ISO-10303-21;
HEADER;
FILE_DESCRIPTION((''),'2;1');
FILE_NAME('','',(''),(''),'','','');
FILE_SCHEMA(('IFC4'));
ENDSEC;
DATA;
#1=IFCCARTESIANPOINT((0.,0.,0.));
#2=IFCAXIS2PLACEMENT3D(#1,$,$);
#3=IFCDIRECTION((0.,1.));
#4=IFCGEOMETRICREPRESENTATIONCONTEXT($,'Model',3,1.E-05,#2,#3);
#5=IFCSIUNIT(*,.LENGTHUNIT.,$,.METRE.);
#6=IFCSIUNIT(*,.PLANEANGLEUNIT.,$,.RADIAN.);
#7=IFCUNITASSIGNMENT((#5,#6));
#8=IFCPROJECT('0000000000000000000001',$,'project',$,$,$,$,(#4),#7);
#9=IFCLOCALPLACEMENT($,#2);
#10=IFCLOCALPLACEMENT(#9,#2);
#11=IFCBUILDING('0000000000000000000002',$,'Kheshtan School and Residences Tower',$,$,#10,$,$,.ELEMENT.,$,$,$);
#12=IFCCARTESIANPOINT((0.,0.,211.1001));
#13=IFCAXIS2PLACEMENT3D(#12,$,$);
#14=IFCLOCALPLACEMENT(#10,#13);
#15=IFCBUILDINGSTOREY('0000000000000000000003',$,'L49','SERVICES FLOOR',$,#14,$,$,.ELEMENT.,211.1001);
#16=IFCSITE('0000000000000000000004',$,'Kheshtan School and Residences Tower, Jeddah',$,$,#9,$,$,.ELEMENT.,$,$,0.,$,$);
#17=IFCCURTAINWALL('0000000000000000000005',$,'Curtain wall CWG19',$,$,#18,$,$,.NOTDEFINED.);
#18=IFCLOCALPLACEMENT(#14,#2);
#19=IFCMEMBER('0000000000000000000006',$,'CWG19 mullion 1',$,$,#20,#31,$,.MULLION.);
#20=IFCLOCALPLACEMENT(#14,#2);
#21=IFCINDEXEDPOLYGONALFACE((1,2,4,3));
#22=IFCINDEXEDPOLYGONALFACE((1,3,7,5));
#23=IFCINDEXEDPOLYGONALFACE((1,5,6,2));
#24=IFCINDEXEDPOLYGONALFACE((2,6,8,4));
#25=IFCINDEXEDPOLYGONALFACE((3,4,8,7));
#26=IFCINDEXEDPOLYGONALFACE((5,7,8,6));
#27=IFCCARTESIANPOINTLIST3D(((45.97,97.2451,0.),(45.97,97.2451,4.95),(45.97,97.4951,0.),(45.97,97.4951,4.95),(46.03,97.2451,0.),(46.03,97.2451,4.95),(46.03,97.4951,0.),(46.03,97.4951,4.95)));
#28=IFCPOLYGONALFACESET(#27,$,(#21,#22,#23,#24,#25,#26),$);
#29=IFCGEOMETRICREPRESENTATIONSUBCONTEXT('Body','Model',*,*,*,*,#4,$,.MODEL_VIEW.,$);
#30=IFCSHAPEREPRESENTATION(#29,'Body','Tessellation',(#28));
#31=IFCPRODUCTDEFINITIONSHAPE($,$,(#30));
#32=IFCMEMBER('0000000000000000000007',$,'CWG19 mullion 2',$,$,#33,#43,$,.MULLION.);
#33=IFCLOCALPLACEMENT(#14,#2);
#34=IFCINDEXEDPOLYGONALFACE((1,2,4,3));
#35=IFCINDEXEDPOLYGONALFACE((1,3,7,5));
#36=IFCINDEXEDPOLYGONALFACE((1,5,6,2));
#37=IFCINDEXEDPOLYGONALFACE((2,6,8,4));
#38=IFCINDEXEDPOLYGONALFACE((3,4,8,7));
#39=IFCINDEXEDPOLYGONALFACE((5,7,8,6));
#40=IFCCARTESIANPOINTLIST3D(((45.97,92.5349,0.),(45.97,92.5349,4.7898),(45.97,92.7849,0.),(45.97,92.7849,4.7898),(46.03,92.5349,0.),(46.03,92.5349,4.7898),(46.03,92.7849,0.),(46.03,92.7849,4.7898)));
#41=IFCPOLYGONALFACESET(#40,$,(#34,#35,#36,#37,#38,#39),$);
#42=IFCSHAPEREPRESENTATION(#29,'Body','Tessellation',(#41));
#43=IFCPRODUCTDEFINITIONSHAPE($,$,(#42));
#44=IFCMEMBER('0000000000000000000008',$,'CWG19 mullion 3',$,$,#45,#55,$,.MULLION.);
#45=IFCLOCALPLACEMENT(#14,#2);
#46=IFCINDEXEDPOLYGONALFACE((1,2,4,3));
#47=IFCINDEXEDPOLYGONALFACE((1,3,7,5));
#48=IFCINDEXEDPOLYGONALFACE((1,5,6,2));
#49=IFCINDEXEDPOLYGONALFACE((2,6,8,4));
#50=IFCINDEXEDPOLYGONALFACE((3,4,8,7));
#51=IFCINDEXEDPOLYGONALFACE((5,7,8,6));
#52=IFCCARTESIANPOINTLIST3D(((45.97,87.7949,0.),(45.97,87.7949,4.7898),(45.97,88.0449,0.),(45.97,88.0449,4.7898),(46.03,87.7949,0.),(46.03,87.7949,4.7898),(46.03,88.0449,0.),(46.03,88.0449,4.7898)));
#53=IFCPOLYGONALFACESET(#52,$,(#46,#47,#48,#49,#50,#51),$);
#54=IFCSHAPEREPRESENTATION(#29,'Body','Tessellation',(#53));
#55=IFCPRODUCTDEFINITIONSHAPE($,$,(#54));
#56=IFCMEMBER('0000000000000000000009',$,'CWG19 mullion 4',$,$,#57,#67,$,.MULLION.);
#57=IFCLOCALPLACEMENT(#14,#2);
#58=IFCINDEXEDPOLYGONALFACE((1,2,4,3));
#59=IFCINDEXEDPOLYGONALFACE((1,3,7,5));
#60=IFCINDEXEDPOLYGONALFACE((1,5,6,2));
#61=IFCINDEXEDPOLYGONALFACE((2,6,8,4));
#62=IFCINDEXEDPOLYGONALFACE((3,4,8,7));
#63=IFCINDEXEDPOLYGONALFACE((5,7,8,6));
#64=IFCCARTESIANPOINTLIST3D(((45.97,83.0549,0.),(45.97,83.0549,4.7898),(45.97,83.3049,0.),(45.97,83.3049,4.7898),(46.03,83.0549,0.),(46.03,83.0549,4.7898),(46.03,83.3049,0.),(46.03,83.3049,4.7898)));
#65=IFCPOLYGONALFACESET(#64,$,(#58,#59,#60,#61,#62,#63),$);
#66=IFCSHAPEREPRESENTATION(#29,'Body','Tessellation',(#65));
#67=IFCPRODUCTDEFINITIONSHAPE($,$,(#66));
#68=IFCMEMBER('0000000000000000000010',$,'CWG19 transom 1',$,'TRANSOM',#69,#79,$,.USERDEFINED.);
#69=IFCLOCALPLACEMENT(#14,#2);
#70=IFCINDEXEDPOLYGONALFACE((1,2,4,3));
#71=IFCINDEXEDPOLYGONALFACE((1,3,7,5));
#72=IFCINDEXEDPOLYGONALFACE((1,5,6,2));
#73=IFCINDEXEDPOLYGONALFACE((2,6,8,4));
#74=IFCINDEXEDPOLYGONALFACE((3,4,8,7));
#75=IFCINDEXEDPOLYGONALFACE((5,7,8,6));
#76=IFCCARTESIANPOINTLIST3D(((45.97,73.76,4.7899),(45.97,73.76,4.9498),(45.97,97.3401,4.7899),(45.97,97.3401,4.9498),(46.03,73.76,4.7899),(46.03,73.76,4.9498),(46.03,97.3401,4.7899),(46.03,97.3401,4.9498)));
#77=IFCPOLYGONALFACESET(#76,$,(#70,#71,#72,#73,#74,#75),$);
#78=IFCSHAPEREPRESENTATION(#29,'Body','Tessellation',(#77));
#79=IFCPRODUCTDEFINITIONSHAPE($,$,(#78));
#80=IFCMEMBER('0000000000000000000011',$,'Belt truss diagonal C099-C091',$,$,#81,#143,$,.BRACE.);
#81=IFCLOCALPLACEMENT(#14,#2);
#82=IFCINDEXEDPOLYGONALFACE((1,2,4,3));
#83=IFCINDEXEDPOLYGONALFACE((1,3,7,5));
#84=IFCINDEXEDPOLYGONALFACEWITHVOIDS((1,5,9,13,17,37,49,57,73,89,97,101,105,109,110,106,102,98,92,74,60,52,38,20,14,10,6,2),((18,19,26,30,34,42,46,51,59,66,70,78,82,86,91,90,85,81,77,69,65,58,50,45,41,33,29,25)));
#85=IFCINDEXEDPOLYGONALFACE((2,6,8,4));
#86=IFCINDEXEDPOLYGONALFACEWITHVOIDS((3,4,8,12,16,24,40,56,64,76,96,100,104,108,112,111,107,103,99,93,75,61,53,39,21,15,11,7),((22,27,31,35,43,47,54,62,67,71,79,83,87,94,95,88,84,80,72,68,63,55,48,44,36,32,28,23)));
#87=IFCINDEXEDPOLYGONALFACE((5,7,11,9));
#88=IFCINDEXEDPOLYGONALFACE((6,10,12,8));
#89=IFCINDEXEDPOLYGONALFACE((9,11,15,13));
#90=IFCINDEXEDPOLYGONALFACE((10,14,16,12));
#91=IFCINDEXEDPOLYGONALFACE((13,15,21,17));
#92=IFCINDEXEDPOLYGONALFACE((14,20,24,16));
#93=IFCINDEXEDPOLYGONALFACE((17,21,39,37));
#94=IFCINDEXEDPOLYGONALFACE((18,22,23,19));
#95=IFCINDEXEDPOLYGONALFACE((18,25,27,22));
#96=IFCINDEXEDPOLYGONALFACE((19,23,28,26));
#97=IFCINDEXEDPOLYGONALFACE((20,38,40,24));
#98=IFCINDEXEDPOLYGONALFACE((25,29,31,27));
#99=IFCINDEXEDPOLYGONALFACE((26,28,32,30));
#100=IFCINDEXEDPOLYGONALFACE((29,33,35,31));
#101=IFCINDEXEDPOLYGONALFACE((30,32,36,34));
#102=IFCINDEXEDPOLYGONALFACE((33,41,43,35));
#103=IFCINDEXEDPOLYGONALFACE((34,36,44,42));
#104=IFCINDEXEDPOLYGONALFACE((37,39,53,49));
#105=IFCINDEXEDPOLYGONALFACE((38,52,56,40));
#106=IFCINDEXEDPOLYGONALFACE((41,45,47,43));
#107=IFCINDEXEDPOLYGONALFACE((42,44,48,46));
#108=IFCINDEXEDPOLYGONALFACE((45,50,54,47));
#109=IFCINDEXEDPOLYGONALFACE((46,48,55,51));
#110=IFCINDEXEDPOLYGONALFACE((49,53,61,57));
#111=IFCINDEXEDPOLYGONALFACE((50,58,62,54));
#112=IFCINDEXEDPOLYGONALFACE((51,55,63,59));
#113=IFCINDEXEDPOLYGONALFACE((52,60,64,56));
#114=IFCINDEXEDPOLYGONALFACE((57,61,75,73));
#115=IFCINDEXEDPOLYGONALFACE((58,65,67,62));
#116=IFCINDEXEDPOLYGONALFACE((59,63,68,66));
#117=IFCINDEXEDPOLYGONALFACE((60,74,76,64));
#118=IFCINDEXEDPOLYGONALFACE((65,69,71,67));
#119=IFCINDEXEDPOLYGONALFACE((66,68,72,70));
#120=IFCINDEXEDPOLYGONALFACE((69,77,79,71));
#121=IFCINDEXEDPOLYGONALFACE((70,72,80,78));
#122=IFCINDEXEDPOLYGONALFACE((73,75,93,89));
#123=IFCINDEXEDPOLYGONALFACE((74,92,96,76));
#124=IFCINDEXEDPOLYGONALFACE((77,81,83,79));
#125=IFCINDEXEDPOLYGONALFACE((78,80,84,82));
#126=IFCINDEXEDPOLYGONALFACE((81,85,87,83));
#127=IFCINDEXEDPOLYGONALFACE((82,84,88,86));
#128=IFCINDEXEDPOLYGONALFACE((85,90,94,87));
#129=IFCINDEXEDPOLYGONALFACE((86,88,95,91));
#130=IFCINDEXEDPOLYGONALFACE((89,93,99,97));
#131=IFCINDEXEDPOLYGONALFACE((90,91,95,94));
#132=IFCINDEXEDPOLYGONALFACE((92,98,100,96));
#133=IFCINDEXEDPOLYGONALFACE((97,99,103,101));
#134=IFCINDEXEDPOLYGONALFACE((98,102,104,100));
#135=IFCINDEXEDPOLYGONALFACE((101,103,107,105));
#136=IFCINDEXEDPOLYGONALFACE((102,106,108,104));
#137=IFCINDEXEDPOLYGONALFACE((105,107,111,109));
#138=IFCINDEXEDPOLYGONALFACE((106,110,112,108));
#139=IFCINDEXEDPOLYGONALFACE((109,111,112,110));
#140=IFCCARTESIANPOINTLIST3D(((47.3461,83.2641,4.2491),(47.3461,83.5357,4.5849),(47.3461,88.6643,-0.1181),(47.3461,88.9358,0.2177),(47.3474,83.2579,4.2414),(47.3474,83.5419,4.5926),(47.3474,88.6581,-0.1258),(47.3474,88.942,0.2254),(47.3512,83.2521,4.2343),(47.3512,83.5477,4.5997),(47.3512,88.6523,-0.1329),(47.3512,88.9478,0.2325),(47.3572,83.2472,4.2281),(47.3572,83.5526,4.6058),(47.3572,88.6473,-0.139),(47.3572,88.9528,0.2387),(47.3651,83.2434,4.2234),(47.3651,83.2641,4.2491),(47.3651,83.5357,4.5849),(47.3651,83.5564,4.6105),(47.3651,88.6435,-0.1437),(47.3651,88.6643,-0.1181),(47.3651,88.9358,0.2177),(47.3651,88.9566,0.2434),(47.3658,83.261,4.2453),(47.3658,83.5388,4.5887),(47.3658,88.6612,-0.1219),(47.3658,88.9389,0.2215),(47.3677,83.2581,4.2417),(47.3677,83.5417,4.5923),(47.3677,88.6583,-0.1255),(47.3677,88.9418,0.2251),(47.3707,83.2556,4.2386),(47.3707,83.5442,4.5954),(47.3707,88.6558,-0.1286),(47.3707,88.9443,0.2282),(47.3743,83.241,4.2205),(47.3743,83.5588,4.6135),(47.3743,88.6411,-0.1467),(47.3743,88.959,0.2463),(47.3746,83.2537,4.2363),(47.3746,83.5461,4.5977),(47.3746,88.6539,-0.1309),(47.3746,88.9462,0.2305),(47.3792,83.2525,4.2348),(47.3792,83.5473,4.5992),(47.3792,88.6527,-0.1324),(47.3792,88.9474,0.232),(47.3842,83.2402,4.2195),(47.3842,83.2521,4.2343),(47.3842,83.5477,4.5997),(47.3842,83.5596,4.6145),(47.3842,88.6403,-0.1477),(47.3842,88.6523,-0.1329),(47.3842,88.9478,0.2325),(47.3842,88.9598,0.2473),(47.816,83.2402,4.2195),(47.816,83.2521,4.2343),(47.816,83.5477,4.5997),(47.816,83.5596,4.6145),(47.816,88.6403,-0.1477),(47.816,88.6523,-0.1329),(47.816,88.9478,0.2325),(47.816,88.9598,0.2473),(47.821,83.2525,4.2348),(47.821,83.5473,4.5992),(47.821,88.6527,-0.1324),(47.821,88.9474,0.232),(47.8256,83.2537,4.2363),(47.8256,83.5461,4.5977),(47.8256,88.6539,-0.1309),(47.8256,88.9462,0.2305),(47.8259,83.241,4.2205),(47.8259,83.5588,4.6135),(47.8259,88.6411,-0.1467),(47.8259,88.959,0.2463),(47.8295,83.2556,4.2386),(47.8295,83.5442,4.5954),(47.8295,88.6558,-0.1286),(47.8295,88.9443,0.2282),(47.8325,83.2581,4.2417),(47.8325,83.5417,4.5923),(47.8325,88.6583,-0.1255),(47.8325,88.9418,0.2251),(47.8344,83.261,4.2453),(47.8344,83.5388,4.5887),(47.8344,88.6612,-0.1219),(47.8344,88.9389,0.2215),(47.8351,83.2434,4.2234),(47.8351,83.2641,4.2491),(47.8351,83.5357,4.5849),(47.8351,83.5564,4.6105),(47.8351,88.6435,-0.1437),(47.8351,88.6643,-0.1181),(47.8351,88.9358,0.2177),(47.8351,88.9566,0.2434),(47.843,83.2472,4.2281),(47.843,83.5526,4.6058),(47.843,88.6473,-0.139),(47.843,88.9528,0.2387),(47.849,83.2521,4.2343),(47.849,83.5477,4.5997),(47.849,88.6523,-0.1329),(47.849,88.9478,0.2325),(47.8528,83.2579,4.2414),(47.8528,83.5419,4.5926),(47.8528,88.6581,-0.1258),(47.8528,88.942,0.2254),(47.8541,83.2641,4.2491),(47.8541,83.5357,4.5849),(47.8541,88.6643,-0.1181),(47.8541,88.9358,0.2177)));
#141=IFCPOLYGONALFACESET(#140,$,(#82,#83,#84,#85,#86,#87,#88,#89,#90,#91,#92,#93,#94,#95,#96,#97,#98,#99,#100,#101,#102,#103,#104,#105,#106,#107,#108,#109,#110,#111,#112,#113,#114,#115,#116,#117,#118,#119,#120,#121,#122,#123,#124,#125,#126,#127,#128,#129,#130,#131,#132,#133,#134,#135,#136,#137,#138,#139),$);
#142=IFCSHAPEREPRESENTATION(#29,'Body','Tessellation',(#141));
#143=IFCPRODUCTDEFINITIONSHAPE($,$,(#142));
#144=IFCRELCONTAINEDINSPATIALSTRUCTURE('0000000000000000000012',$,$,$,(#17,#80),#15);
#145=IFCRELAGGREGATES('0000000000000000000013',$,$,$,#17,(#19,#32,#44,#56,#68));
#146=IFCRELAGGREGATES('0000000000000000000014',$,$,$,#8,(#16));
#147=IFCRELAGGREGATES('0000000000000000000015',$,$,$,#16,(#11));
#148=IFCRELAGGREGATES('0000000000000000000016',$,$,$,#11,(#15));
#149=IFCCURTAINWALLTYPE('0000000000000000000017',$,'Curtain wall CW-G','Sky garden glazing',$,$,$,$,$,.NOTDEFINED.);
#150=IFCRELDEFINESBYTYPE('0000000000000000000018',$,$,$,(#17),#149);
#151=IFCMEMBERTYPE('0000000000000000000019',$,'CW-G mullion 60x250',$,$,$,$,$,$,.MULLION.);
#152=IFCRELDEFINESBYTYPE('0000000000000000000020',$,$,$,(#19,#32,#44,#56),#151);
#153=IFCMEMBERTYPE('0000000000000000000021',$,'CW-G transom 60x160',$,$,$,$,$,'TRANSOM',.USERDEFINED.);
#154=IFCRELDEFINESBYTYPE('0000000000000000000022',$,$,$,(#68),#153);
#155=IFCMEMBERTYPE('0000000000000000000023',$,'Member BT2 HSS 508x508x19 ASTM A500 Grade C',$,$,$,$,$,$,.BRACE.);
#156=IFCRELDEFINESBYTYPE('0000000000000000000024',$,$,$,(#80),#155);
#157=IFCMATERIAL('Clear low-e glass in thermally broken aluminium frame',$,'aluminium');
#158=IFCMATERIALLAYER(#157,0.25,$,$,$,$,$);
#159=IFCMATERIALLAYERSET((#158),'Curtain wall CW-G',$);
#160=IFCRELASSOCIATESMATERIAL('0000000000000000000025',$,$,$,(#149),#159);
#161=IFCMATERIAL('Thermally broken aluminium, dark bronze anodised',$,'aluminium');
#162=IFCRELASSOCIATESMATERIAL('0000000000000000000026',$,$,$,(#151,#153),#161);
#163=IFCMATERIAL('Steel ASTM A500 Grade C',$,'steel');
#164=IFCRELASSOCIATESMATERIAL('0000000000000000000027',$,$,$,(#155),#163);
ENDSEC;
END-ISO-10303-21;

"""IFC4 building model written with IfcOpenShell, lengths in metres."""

from ifc_helpers import new_model, si_unit, direction, frame, origin, origin_2d, place, context, subcontext, project, spatial, rectangle, hollow_rectangle, extrude, material, layer, layer_set, material_profile, profile_set, type_object, element, aggregate, save


model = new_model("IFC4")

# Units and contexts
model_context = context("Model", 3, precision=1e-05, world=origin(), true_north=direction((0.0, 1.0)))
body_context = subcontext(model_context, "Body", "Model", "MODEL_VIEW")
ifc_project = project(units=[si_unit("LENGTHUNIT", "METRE"), si_unit("PLANEANGLEUNIT", "RADIAN")], contexts=[model_context])

# Site, building, storey
site_placement = place(None, origin())
site = spatial("IfcSite", under=ifc_project, at=site_placement, Name="Kheshtan School and Residences Tower, Jeddah", CompositionType="ELEMENT", RefElevation=0.0)
building_placement = place(site_placement, origin())
building = spatial("IfcBuilding", under=site, at=building_placement, Name="Kheshtan School and Residences Tower", CompositionType="ELEMENT")
storey_placement = place(building_placement, frame((0.0, 0.0, 211.1001)))
storey = spatial("IfcBuildingStorey", under=building, at=storey_placement, Name="L49", Description="SERVICES FLOOR", CompositionType="ELEMENT", Elevation=211.1001)

# Curtain wall, members
ifc_material_1 = material(Name="Clear low-e glass in thermally broken aluminium frame", Category="aluminium")
ifc_layer_1 = layer(ifc_material_1, 0.25)
ifc_layer_set_1 = layer_set([ifc_layer_1], Name="Curtain wall CW-G")
curtain_wall_type = type_object("IfcCurtainWallType", Name="Curtain wall CW-G", Description="Sky garden glazing", PredefinedType="NOTDEFINED", material=ifc_layer_set_1)
curtain_wall_placement = place(storey_placement, origin())
curtain_wall = element("IfcCurtainWall", 1, at=curtain_wall_placement, inside=storey, type_object=curtain_wall_type, Name="Curtain wall CWG19", PredefinedType="NOTDEFINED")
ifc_material_2 = material(Name="Thermally broken aluminium, dark bronze anodised", Category="aluminium")
ifc_material_profile_1 = material_profile(ifc_material_2, rectangle(XDim=0.0601, YDim=0.25, at=origin_2d()), Name="CW-G mullion 60x250")
ifc_profile_set_1 = profile_set([ifc_material_profile_1], Name="Thermally broken aluminium, dark bronze anodised")
member_type_1 = type_object("IfcMemberType", Name="CW-G mullion 60x250", PredefinedType="MULLION", material=ifc_profile_set_1)
member_1_placement = place(storey_placement, frame((46.0, 97.3701, 0.0), z_axis=(0.0, 0.0, 1.0), x_axis=(1.0, 0.0, 0.0)))
member_1 = element("IfcMember", 2, at=member_1_placement, type_object=member_type_1, Name="CWG19 mullion 1", PredefinedType="MULLION", context=body_context, shape_type="SweptSolid", body=[
    extrude(rectangle(XDim=0.0601, YDim=0.25, at=origin_2d()), origin(), (0.0, 0.0, 1.0), 4.95),
])
member_2_placement = place(storey_placement, frame((46.0, 92.6599, 0.0), z_axis=(0.0, 0.0, 1.0), x_axis=(1.0, 0.0, 0.0)))
member_2 = element("IfcMember", 3, at=member_2_placement, type_object=member_type_1, Name="CWG19 mullion 2", PredefinedType="MULLION", context=body_context, shape_type="SweptSolid", body=[
    extrude(rectangle(XDim=0.0601, YDim=0.25, at=origin_2d()), origin(), (0.0, 0.0, 1.0), 4.7898),
])
member_3_placement = place(storey_placement, frame((46.0, 87.9199, 0.0), z_axis=(0.0, 0.0, 1.0), x_axis=(1.0, 0.0, 0.0)))
member_3 = element("IfcMember", 4, at=member_3_placement, type_object=member_type_1, Name="CWG19 mullion 3", PredefinedType="MULLION", context=body_context, shape_type="SweptSolid", body=[
    extrude(rectangle(XDim=0.0601, YDim=0.25, at=origin_2d()), origin(), (0.0, 0.0, 1.0), 4.7898),
])
member_4_placement = place(storey_placement, frame((46.0, 83.1799, 0.0), z_axis=(0.0, 0.0, 1.0), x_axis=(1.0, 0.0, 0.0)))
member_4 = element("IfcMember", 5, at=member_4_placement, type_object=member_type_1, Name="CWG19 mullion 4", PredefinedType="MULLION", context=body_context, shape_type="SweptSolid", body=[
    extrude(rectangle(XDim=0.0601, YDim=0.25, at=origin_2d()), origin(), (0.0, 0.0, 1.0), 4.7898),
])
ifc_material_profile_2 = material_profile(ifc_material_2, rectangle(XDim=0.0601, YDim=0.1599, at=origin_2d()), Name="CW-G transom 60x160")
ifc_profile_set_2 = profile_set([ifc_material_profile_2], Name="Thermally broken aluminium, dark bronze anodised")
member_type_2 = type_object("IfcMemberType", Name="CW-G transom 60x160", ElementType="TRANSOM", PredefinedType="USERDEFINED", material=ifc_profile_set_2)
member_5_placement = place(storey_placement, frame((46.0, 97.3401, 4.8699), z_axis=(0.0, -1.0, 0.0), x_axis=(1.0, 0.0, 0.0)))
member_5 = element("IfcMember", 6, at=member_5_placement, type_object=member_type_2, Name="CWG19 transom 1", ObjectType="TRANSOM", PredefinedType="USERDEFINED", context=body_context, shape_type="SweptSolid", body=[
    extrude(rectangle(XDim=0.0601, YDim=0.1599, at=origin_2d()), origin(), (0.0, 0.0, 1.0), 23.5801),
])

# Member
ifc_material_3 = material(Name="Steel ASTM A500 Grade C", Category="steel")
ifc_material_profile_3 = material_profile(ifc_material_3, hollow_rectangle(XDim=0.5081, YDim=0.5081, WallThickness=0.019, InnerFilletRadius=0.019, OuterFilletRadius=0.0381, at=origin_2d()), Name="HSS 508x508x19")
ifc_profile_set_3 = profile_set([ifc_material_profile_3], Name="Steel ASTM A500 Grade C")
member_type_3 = type_object("IfcMemberType", Name="Member BT2 HSS 508x508x19 ASTM A500 Grade C", PredefinedType="BRACE", material=ifc_profile_set_3)
member_6_placement = place(storey_placement, frame((47.6001, 88.8, 0.0498), z_axis=(0.0, -0.777552, 0.628819), x_axis=(1.0, 0.0, 0.0)))
element("IfcMember", 7, at=member_6_placement, inside=storey, type_object=member_type_3, Name="Belt truss diagonal C099-C091", PredefinedType="BRACE", context=body_context, shape_type="SweptSolid", body=[
    extrude(hollow_rectangle(XDim=0.5081, YDim=0.5081, WallThickness=0.019, InnerFilletRadius=0.019, OuterFilletRadius=0.0381, at=origin_2d()), origin(), (0.0, 0.0, 1.0), 6.9451),
])

aggregate(curtain_wall, [member_1, member_2, member_3, member_4, member_5])

save(model, "model.ifc")
